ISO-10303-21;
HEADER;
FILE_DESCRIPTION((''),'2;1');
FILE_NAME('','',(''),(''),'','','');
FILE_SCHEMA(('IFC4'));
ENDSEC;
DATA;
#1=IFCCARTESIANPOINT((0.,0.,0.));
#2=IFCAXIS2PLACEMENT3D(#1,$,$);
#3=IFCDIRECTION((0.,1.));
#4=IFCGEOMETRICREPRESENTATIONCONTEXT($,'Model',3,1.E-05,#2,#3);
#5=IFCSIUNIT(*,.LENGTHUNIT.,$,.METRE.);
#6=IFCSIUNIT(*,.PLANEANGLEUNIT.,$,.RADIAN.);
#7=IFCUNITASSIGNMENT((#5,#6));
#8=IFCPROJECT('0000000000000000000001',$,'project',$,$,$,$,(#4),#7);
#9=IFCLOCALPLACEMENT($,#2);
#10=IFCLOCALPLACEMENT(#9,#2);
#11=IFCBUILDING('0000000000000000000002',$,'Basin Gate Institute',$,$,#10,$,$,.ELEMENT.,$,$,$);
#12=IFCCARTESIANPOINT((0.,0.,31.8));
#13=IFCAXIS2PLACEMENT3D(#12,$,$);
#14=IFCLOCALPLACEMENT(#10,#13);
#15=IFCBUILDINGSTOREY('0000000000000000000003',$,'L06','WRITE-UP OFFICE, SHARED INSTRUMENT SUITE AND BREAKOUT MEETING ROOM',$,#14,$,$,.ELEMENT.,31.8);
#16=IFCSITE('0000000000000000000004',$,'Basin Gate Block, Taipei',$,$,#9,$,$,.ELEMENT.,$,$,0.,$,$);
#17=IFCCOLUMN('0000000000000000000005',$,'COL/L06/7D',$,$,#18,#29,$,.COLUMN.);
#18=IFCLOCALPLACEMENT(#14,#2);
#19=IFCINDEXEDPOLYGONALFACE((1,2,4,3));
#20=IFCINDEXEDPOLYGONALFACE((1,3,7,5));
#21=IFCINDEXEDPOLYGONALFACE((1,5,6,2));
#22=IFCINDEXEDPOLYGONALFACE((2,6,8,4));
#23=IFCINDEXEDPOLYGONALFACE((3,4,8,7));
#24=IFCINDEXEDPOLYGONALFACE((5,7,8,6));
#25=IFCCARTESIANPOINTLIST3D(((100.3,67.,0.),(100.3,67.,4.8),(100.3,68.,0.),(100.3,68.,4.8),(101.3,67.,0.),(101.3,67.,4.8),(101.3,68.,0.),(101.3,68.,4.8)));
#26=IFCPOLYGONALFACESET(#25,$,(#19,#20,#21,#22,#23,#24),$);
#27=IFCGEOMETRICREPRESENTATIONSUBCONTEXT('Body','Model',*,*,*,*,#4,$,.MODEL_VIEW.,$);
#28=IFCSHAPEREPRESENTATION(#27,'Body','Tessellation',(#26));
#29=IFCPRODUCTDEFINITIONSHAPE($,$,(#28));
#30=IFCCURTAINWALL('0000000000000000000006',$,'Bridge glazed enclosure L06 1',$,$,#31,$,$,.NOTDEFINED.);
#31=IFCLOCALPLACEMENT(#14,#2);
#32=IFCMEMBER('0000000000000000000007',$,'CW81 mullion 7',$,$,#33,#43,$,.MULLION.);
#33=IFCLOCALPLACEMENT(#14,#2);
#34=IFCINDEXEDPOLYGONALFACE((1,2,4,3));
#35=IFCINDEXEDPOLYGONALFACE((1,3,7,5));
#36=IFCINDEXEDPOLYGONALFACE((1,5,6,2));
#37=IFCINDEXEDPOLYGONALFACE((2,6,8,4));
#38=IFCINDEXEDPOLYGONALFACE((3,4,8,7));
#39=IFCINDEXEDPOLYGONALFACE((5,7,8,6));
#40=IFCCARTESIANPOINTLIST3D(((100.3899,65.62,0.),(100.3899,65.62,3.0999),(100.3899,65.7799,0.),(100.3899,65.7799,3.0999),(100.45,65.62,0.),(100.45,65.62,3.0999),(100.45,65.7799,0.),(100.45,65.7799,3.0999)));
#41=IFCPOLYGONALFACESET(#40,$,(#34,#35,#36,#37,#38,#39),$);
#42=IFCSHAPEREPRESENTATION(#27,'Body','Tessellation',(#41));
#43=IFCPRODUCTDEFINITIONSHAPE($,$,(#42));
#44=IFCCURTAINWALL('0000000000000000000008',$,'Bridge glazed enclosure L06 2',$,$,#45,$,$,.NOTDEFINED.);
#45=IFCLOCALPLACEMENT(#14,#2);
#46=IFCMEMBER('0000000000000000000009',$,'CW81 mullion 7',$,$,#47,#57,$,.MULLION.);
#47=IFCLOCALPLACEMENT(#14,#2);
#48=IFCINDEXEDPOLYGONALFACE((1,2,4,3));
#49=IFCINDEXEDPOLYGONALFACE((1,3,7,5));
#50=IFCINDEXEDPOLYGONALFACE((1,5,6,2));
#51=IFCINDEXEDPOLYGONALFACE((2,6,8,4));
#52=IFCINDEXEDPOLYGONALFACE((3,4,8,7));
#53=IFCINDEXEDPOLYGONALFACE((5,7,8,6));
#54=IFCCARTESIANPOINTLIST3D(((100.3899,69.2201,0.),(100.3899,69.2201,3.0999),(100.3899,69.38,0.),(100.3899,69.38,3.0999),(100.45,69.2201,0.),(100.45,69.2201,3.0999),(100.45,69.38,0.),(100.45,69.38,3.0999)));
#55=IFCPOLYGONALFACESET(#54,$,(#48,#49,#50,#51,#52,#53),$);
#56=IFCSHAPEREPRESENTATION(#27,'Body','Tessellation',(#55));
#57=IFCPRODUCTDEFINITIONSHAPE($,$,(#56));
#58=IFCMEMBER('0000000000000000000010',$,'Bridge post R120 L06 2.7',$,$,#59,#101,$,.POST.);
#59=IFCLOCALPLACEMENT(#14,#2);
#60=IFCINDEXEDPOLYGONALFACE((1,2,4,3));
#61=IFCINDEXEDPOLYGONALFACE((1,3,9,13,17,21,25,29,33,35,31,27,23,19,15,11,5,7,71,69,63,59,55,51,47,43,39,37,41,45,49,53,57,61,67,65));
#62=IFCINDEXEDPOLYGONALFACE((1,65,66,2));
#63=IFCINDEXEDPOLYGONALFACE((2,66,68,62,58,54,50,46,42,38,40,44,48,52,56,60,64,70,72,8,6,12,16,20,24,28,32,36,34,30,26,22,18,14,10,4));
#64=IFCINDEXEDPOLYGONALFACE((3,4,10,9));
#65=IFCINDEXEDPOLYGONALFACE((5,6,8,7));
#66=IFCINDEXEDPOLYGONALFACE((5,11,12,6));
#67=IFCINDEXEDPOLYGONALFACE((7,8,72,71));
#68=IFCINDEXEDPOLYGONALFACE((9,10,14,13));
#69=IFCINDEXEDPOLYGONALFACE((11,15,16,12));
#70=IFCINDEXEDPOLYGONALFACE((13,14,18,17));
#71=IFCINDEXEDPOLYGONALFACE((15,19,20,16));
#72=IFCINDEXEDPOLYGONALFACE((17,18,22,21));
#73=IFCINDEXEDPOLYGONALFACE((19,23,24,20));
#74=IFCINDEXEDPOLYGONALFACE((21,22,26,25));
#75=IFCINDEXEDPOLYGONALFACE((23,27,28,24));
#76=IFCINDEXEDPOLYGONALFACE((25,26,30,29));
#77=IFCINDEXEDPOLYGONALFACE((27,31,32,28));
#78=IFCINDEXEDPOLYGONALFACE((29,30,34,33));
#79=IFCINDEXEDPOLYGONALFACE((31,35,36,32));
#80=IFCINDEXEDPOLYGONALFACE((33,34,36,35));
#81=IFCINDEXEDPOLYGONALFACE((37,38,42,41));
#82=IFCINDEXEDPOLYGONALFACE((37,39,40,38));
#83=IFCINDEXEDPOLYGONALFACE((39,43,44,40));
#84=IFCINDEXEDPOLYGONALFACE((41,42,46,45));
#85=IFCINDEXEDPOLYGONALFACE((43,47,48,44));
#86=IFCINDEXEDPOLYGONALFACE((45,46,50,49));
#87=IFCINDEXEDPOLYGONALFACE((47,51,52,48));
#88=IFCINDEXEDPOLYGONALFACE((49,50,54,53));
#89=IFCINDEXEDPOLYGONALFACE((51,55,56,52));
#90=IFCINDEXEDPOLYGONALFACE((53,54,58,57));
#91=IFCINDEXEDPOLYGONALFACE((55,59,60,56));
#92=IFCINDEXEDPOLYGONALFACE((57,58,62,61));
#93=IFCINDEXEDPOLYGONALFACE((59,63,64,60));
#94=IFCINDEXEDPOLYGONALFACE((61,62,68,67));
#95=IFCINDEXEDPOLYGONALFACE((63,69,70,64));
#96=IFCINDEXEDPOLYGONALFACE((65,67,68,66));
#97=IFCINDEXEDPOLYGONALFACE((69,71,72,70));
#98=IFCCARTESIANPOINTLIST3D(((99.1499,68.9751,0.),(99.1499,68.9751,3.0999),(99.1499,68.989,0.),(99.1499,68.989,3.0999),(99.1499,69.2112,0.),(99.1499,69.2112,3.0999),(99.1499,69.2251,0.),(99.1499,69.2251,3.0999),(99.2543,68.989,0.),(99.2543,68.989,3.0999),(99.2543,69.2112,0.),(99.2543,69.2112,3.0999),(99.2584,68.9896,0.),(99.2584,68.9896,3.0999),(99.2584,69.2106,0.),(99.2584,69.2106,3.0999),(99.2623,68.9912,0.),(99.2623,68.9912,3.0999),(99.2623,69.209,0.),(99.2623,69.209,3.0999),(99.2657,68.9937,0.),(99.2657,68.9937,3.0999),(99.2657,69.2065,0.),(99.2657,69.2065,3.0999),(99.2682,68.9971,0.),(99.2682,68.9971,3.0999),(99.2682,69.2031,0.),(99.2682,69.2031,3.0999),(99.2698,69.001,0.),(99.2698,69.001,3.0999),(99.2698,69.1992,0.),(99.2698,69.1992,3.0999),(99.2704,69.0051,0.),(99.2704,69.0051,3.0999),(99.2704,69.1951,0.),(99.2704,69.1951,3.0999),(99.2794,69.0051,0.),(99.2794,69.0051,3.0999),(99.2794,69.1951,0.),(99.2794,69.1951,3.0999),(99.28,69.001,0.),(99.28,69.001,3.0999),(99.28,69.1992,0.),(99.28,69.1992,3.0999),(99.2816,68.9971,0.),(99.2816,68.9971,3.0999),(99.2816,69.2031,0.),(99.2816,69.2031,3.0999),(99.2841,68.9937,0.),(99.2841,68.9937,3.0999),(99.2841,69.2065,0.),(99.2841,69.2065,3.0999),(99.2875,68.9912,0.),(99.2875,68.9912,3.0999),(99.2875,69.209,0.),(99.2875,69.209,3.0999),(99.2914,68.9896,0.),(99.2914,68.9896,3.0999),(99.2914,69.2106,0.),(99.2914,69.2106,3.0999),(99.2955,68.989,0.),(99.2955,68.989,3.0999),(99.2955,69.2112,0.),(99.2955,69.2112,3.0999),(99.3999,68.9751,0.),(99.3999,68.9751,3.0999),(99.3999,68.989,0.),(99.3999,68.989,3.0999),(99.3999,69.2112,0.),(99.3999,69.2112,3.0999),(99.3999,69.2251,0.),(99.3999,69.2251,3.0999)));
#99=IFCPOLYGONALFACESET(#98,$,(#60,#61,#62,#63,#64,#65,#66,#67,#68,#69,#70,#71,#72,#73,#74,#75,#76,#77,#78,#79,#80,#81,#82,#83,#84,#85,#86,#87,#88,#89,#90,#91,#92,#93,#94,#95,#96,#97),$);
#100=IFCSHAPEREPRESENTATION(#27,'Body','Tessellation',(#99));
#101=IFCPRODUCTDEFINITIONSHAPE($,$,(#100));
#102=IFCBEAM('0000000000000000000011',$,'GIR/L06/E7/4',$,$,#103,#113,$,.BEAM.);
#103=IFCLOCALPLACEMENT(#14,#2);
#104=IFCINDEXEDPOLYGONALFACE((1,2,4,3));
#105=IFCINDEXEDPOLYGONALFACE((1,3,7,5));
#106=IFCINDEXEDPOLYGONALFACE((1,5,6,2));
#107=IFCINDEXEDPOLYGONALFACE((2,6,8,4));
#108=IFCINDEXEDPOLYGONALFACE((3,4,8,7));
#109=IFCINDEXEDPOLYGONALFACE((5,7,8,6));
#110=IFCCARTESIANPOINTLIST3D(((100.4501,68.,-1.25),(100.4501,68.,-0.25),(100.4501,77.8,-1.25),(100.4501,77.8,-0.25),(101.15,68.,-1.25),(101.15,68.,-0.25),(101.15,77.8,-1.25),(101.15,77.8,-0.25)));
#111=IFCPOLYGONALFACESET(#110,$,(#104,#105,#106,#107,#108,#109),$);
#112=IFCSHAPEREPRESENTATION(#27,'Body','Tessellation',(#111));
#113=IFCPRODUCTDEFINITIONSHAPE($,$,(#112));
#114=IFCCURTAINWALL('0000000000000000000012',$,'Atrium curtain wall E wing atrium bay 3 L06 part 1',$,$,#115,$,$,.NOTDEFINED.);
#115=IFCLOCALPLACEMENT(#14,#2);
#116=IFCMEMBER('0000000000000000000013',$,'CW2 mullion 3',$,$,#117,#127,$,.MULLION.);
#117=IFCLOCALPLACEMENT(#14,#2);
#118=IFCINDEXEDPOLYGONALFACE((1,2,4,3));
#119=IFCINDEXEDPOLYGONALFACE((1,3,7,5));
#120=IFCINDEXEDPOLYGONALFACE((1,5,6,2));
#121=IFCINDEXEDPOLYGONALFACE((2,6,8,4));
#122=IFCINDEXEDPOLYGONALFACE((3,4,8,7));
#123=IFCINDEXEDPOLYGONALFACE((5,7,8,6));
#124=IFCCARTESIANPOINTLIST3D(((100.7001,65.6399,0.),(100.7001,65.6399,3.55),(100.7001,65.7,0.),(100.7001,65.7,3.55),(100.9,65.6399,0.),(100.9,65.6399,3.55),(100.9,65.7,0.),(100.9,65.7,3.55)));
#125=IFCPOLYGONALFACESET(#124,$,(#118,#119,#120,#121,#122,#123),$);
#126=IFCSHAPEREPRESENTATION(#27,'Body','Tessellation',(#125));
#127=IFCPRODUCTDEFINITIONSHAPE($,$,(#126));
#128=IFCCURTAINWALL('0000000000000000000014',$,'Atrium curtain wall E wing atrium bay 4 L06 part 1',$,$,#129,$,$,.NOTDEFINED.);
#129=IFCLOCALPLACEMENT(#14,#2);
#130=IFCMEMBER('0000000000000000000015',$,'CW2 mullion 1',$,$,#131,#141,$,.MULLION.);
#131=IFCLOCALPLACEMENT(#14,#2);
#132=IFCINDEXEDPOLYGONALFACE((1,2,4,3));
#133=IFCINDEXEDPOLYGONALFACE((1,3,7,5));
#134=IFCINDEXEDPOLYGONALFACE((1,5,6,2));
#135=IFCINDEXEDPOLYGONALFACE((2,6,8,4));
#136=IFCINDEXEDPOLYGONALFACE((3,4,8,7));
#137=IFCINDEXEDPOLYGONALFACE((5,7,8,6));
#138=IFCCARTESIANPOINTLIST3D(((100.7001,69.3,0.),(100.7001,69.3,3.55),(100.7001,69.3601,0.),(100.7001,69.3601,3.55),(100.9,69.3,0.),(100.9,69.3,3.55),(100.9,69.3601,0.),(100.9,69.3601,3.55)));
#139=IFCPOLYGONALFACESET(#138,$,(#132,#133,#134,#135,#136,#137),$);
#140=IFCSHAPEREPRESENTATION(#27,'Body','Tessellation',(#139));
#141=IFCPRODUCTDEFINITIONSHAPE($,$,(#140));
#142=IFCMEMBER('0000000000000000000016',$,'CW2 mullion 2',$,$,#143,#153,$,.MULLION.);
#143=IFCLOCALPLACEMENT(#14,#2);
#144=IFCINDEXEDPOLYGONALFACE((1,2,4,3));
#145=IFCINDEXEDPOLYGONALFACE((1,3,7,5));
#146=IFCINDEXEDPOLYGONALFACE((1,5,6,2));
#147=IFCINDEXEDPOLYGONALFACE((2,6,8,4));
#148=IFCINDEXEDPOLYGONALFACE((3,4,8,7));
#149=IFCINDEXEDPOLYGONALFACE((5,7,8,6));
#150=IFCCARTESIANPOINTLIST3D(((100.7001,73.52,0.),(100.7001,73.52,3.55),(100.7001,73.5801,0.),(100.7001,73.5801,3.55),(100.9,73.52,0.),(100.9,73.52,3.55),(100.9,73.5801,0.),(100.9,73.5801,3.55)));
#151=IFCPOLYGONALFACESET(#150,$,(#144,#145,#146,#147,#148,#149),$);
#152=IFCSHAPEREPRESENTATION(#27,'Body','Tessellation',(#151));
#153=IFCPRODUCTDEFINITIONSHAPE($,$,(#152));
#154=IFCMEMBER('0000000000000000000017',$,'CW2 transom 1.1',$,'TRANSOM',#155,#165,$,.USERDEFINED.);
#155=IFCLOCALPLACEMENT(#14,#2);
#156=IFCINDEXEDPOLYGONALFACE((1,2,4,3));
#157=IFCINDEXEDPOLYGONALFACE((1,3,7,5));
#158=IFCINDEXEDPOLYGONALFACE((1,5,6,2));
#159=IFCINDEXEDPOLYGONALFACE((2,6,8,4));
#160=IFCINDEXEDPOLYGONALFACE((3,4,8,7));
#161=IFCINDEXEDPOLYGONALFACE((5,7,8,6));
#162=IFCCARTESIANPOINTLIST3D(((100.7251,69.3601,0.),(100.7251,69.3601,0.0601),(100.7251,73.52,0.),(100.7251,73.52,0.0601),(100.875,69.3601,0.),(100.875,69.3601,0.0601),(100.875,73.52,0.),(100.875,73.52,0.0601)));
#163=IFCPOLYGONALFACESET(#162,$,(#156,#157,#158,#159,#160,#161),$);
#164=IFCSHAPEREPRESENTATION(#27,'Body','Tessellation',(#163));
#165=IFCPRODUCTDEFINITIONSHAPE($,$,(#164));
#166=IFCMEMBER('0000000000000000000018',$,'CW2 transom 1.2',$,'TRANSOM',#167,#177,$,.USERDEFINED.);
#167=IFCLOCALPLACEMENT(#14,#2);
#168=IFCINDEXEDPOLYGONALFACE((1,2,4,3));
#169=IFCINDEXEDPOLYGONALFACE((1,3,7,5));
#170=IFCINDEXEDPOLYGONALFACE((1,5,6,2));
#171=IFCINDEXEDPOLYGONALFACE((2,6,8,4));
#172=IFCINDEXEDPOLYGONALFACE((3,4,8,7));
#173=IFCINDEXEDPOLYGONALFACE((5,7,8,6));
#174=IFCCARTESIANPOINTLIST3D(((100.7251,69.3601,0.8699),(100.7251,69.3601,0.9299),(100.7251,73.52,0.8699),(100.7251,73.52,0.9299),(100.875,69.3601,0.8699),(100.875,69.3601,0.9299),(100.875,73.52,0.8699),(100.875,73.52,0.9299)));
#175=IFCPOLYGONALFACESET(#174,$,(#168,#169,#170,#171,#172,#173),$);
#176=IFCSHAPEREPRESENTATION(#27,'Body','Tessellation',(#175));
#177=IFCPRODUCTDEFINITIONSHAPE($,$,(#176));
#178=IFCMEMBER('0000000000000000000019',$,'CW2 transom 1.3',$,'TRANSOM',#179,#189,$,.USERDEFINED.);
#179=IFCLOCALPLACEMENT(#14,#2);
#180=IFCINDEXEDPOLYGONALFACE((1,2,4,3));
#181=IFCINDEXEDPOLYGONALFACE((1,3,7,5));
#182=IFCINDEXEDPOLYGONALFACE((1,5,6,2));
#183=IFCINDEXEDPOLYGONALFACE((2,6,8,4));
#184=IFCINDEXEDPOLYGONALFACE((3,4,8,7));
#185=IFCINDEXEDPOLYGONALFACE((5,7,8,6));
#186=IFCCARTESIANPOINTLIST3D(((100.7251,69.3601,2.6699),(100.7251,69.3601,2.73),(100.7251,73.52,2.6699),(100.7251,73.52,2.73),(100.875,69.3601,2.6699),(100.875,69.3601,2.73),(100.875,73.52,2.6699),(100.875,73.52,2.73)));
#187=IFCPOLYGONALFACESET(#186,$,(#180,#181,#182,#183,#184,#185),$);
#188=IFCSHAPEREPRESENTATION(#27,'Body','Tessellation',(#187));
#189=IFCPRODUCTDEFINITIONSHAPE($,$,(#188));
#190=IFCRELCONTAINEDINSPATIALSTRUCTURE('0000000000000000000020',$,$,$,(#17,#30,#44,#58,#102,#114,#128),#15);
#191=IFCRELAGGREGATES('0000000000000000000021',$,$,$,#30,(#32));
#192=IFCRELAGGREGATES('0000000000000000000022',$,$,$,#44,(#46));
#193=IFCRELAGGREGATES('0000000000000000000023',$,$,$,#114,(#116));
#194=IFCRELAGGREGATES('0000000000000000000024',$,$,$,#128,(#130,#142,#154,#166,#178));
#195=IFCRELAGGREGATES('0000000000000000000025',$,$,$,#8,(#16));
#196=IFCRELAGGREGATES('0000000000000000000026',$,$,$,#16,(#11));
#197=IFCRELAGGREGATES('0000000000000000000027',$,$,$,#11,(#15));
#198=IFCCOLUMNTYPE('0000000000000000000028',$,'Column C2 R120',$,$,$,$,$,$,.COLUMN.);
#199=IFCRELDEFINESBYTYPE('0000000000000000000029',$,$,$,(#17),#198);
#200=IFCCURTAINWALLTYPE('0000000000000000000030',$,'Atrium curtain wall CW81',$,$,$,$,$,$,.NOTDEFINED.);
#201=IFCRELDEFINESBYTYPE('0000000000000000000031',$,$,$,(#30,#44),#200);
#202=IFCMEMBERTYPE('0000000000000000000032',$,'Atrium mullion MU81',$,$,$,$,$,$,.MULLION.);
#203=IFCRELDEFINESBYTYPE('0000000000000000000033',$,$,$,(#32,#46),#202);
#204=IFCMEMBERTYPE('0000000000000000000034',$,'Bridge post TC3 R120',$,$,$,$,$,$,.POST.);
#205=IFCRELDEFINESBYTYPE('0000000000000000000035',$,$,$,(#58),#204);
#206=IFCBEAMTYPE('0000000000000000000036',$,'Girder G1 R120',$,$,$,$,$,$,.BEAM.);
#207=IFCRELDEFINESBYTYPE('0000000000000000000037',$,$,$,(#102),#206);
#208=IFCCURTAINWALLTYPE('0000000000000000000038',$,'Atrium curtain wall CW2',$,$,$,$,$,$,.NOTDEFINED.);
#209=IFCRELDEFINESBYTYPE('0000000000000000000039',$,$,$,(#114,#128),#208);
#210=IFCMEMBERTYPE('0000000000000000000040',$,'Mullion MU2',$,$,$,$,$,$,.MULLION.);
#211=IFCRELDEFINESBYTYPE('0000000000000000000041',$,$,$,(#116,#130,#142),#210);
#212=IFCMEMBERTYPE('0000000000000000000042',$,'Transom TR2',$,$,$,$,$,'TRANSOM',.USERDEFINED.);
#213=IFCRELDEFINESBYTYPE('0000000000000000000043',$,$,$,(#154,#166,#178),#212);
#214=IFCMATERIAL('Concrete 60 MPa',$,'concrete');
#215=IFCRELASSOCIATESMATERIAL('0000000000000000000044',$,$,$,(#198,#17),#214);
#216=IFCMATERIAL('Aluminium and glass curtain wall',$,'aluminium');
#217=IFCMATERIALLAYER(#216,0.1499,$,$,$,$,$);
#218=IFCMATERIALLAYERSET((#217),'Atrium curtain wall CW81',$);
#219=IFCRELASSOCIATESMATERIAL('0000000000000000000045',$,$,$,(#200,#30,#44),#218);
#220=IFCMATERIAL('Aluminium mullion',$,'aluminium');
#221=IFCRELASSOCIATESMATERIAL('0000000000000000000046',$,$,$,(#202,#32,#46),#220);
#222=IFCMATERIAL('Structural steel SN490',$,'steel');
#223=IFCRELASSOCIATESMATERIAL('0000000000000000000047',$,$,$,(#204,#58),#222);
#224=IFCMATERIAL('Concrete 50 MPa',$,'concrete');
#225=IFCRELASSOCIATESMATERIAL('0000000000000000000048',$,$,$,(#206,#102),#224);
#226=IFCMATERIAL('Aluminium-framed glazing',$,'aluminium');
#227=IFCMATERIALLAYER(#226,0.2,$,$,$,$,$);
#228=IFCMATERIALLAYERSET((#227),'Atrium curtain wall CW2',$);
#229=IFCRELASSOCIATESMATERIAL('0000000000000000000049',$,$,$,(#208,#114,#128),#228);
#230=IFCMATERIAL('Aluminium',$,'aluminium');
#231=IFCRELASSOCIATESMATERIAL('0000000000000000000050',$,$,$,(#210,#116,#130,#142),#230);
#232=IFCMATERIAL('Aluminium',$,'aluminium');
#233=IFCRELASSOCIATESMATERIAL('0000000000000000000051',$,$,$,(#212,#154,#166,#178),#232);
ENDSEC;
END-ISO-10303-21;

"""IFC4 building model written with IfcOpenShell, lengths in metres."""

from ifc_helpers import new_model, si_unit, direction, frame, origin, origin_2d, place, context, subcontext, project, spatial, rectangle, i_section, extrude, material, layer, layer_set, material_profile, profile_set, type_object, element, aggregate, save


model = new_model("IFC4")

# Units and contexts
model_context = context("Model", 3, precision=1e-05, world=origin(), true_north=direction((0.0, 1.0)))
body_context = subcontext(model_context, "Body", "Model", "MODEL_VIEW")
ifc_project = project(units=[si_unit("LENGTHUNIT", "METRE"), si_unit("PLANEANGLEUNIT", "RADIAN")], contexts=[model_context])

# Site, building, storey
site_placement = place(None, origin())
site = spatial("IfcSite", under=ifc_project, at=site_placement, Name="Basin Gate Block, Taipei", CompositionType="ELEMENT", RefElevation=0.0)
building_placement = place(site_placement, origin())
building = spatial("IfcBuilding", under=site, at=building_placement, Name="Basin Gate Institute", CompositionType="ELEMENT")
storey_placement = place(building_placement, frame((0.0, 0.0, 31.8)))
storey = spatial("IfcBuildingStorey", under=building, at=storey_placement, Name="L06", Description="WRITE-UP OFFICE, SHARED INSTRUMENT SUITE AND BREAKOUT MEETING ROOM", CompositionType="ELEMENT", Elevation=31.8)

# Column
ifc_material_1 = material(Name="Concrete 60 MPa", Category="concrete")
ifc_material_profile_1 = material_profile(ifc_material_1, rectangle(XDim=1.0, YDim=1.0, at=origin_2d()), Name="Column C2 1000 x 1000")
ifc_profile_set_1 = profile_set([ifc_material_profile_1], Name="Concrete 60 MPa")
column_type = type_object("IfcColumnType", Name="Column C2 R120", PredefinedType="COLUMN", material=ifc_profile_set_1)
column_placement = place(storey_placement, frame((100.8, 67.5, 0.0), z_axis=(0.0, 0.0, 1.0), x_axis=(1.0, 0.0, 0.0)))
element("IfcColumn", 1, at=column_placement, inside=storey, type_object=column_type, material=ifc_profile_set_1, Name="COL/L06/7D", PredefinedType="COLUMN", context=body_context, shape_type="SweptSolid", body=[
    extrude(rectangle(XDim=1.0, YDim=1.0, at=origin_2d()), origin(), (0.0, 0.0, 1.0), 4.8),
])

# Curtain walls, members
ifc_material_2 = material(Name="Aluminium and glass curtain wall", Category="aluminium")
ifc_layer_1 = layer(ifc_material_2, 0.1499)
ifc_layer_set_1 = layer_set([ifc_layer_1], Name="Atrium curtain wall CW81")
curtain_wall_type_1 = type_object("IfcCurtainWallType", Name="Atrium curtain wall CW81", PredefinedType="NOTDEFINED", material=ifc_layer_set_1)
curtain_wall_1_placement = place(storey_placement, origin())
curtain_wall_1 = element("IfcCurtainWall", 2, at=curtain_wall_1_placement, inside=storey, type_object=curtain_wall_type_1, material=ifc_layer_set_1, Name="Bridge glazed enclosure L06 1", PredefinedType="NOTDEFINED")
ifc_material_3 = material(Name="Aluminium mullion", Category="aluminium")
ifc_material_profile_2 = material_profile(ifc_material_3, rectangle(XDim=0.1599, YDim=0.0601, at=origin_2d()), Name="Atrium mullion MU81 160 x 60")
ifc_profile_set_2 = profile_set([ifc_material_profile_2], Name="Aluminium mullion")
member_type_1 = type_object("IfcMemberType", Name="Atrium mullion MU81", PredefinedType="MULLION", material=ifc_profile_set_2)
member_1_placement = place(storey_placement, frame((100.4199, 65.7, 0.0), z_axis=(0.0, 0.0, 1.0), x_axis=(0.0, 1.0, 0.0)))
member_1 = element("IfcMember", 3, at=member_1_placement, type_object=member_type_1, material=ifc_profile_set_2, Name="CW81 mullion 7", PredefinedType="MULLION", context=body_context, shape_type="SweptSolid", body=[
    extrude(rectangle(XDim=0.1599, YDim=0.0601, at=origin_2d()), origin(), (0.0, 0.0, 1.0), 3.0999),
])
aggregate(curtain_wall_1, [member_1])
curtain_wall_2_placement = place(storey_placement, origin())
curtain_wall_2 = element("IfcCurtainWall", 4, at=curtain_wall_2_placement, inside=storey, type_object=curtain_wall_type_1, material=ifc_layer_set_1, Name="Bridge glazed enclosure L06 2", PredefinedType="NOTDEFINED")
member_2_placement = place(storey_placement, frame((100.4199, 69.3, 0.0), z_axis=(0.0, 0.0, 1.0), x_axis=(0.0, 1.0, 0.0)))
member_2 = element("IfcMember", 5, at=member_2_placement, type_object=member_type_1, material=ifc_profile_set_2, Name="CW81 mullion 7", PredefinedType="MULLION", context=body_context, shape_type="SweptSolid", body=[
    extrude(rectangle(XDim=0.1599, YDim=0.0601, at=origin_2d()), origin(), (0.0, 0.0, 1.0), 3.0999),
])
aggregate(curtain_wall_2, [member_2])

# Member
ifc_material_4 = material(Name="Structural steel SN490", Category="steel")
ifc_material_profile_3 = material_profile(ifc_material_4, i_section(OverallWidth=0.25, OverallDepth=0.25, WebThickness=0.009, FlangeThickness=0.0139, FilletRadius=0.0161, at=origin_2d()), Name="H250x250")
ifc_profile_set_3 = profile_set([ifc_material_profile_3], Name="Structural steel SN490")
member_type_2 = type_object("IfcMemberType", Name="Bridge post TC3 R120", PredefinedType="POST", material=ifc_profile_set_3)
member_3_placement = place(storey_placement, frame((99.2749, 69.1001, 0.0), z_axis=(0.0, 0.0, 1.0), x_axis=(1.0, 0.0, 0.0)))
element("IfcMember", 6, at=member_3_placement, inside=storey, type_object=member_type_2, material=ifc_profile_set_3, Name="Bridge post R120 L06 2.7", PredefinedType="POST", context=body_context, shape_type="SweptSolid", body=[
    extrude(i_section(OverallWidth=0.25, OverallDepth=0.25, WebThickness=0.009, FlangeThickness=0.0139, FilletRadius=0.0161, at=origin_2d()), origin(), (0.0, 0.0, 1.0), 3.0999),
])

# Beam
ifc_material_5 = material(Name="Concrete 50 MPa", Category="concrete")
ifc_material_profile_4 = material_profile(ifc_material_5, rectangle(XDim=0.7, YDim=1.0, at=origin_2d()), Name="Girder G1 700 x 1000")
ifc_profile_set_4 = profile_set([ifc_material_profile_4], Name="Concrete 50 MPa")
beam_type = type_object("IfcBeamType", Name="Girder G1 R120", PredefinedType="BEAM", material=ifc_profile_set_4)
beam_placement = place(storey_placement, frame((100.8, 68.0, -0.75), z_axis=(0.0, 1.0, 0.0), x_axis=(-1.0, 0.0, 0.0)))
element("IfcBeam", 7, at=beam_placement, inside=storey, type_object=beam_type, material=ifc_profile_set_4, Name="GIR/L06/E7/4", PredefinedType="BEAM", context=body_context, shape_type="SweptSolid", body=[
    extrude(rectangle(XDim=0.7, YDim=1.0, at=origin_2d()), origin(), (0.0, 0.0, 1.0), 9.8),
])

# Curtain wall, member
ifc_material_6 = material(Name="Aluminium-framed glazing", Category="aluminium")
ifc_layer_2 = layer(ifc_material_6, 0.2)
ifc_layer_set_2 = layer_set([ifc_layer_2], Name="Atrium curtain wall CW2")
curtain_wall_type_2 = type_object("IfcCurtainWallType", Name="Atrium curtain wall CW2", PredefinedType="NOTDEFINED", material=ifc_layer_set_2)
curtain_wall_3_placement = place(storey_placement, origin())
curtain_wall_3 = element("IfcCurtainWall", 8, at=curtain_wall_3_placement, inside=storey, type_object=curtain_wall_type_2, material=ifc_layer_set_2, Name="Atrium curtain wall E wing atrium bay 3 L06 part 1", PredefinedType="NOTDEFINED")
ifc_material_7 = material(Name="Aluminium", Category="aluminium")
ifc_material_profile_5 = material_profile(ifc_material_7, rectangle(XDim=0.2, YDim=0.0601, at=origin_2d()), Name="Mullion MU2 200 x 60")
ifc_profile_set_5 = profile_set([ifc_material_profile_5], Name="Aluminium")
member_type_3 = type_object("IfcMemberType", Name="Mullion MU2", PredefinedType="MULLION", material=ifc_profile_set_5)
member_4_placement = place(storey_placement, frame((100.8, 65.6699, 0.0), z_axis=(0.0, 0.0, 1.0), x_axis=(-1.0, 0.0, 0.0)))
member_4 = element("IfcMember", 9, at=member_4_placement, type_object=member_type_3, material=ifc_profile_set_5, Name="CW2 mullion 3", PredefinedType="MULLION", context=body_context, shape_type="SweptSolid", body=[
    extrude(rectangle(XDim=0.2, YDim=0.0601, at=origin_2d()), origin(), (0.0, 0.0, 1.0), 3.55),
])
aggregate(curtain_wall_3, [member_4])

# Curtain wall, members
curtain_wall_4_placement = place(storey_placement, origin())
curtain_wall_4 = element("IfcCurtainWall", 10, at=curtain_wall_4_placement, inside=storey, type_object=curtain_wall_type_2, material=ifc_layer_set_2, Name="Atrium curtain wall E wing atrium bay 4 L06 part 1", PredefinedType="NOTDEFINED")
member_5_placement = place(storey_placement, frame((100.8, 69.3301, 0.0), z_axis=(0.0, 0.0, 1.0), x_axis=(-1.0, 0.0, 0.0)))
member_5 = element("IfcMember", 11, at=member_5_placement, type_object=member_type_3, material=ifc_profile_set_5, Name="CW2 mullion 1", PredefinedType="MULLION", context=body_context, shape_type="SweptSolid", body=[
    extrude(rectangle(XDim=0.2, YDim=0.0601, at=origin_2d()), origin(), (0.0, 0.0, 1.0), 3.55),
])
member_6_placement = place(storey_placement, frame((100.8, 73.55, 0.0), z_axis=(0.0, 0.0, 1.0), x_axis=(-1.0, 0.0, 0.0)))
member_6 = element("IfcMember", 12, at=member_6_placement, type_object=member_type_3, material=ifc_profile_set_5, Name="CW2 mullion 2", PredefinedType="MULLION", context=body_context, shape_type="SweptSolid", body=[
    extrude(rectangle(XDim=0.2, YDim=0.0601, at=origin_2d()), origin(), (0.0, 0.0, 1.0), 3.55),
])
ifc_material_8 = material(Name="Aluminium", Category="aluminium")
ifc_material_profile_6 = material_profile(ifc_material_8, rectangle(XDim=0.1499, YDim=0.0601, at=origin_2d()), Name="Transom TR2 150 x 60")
ifc_profile_set_6 = profile_set([ifc_material_profile_6], Name="Aluminium")
member_type_4 = type_object("IfcMemberType", Name="Transom TR2", ElementType="TRANSOM", PredefinedType="USERDEFINED", material=ifc_profile_set_6)
member_7_placement = place(storey_placement, frame((100.8, 69.3601, 0.03), z_axis=(0.0, 1.0, 0.0), x_axis=(-1.0, 0.0, 0.0)))
member_7 = element("IfcMember", 13, at=member_7_placement, type_object=member_type_4, material=ifc_profile_set_6, Name="CW2 transom 1.1", ObjectType="TRANSOM", PredefinedType="USERDEFINED", context=body_context, shape_type="SweptSolid", body=[
    extrude(rectangle(XDim=0.1499, YDim=0.0601, at=origin_2d()), origin(), (0.0, 0.0, 1.0), 4.1599),
])
member_8_placement = place(storey_placement, frame((100.8, 69.3601, 0.8999), z_axis=(0.0, 1.0, 0.0), x_axis=(-1.0, 0.0, 0.0)))
member_8 = element("IfcMember", 14, at=member_8_placement, type_object=member_type_4, material=ifc_profile_set_6, Name="CW2 transom 1.2", ObjectType="TRANSOM", PredefinedType="USERDEFINED", context=body_context, shape_type="SweptSolid", body=[
    extrude(rectangle(XDim=0.1499, YDim=0.0601, at=origin_2d()), origin(), (0.0, 0.0, 1.0), 4.1599),
])
member_9_placement = place(storey_placement, frame((100.8, 69.3601, 2.7), z_axis=(0.0, 1.0, 0.0), x_axis=(-1.0, 0.0, 0.0)))
member_9 = element("IfcMember", 15, at=member_9_placement, type_object=member_type_4, material=ifc_profile_set_6, Name="CW2 transom 1.3", ObjectType="TRANSOM", PredefinedType="USERDEFINED", context=body_context, shape_type="SweptSolid", body=[
    extrude(rectangle(XDim=0.1499, YDim=0.0601, at=origin_2d()), origin(), (0.0, 0.0, 1.0), 4.1599),
])
aggregate(curtain_wall_4, [member_5, member_6, member_7, member_8, member_9])

save(model, "model.ifc")
